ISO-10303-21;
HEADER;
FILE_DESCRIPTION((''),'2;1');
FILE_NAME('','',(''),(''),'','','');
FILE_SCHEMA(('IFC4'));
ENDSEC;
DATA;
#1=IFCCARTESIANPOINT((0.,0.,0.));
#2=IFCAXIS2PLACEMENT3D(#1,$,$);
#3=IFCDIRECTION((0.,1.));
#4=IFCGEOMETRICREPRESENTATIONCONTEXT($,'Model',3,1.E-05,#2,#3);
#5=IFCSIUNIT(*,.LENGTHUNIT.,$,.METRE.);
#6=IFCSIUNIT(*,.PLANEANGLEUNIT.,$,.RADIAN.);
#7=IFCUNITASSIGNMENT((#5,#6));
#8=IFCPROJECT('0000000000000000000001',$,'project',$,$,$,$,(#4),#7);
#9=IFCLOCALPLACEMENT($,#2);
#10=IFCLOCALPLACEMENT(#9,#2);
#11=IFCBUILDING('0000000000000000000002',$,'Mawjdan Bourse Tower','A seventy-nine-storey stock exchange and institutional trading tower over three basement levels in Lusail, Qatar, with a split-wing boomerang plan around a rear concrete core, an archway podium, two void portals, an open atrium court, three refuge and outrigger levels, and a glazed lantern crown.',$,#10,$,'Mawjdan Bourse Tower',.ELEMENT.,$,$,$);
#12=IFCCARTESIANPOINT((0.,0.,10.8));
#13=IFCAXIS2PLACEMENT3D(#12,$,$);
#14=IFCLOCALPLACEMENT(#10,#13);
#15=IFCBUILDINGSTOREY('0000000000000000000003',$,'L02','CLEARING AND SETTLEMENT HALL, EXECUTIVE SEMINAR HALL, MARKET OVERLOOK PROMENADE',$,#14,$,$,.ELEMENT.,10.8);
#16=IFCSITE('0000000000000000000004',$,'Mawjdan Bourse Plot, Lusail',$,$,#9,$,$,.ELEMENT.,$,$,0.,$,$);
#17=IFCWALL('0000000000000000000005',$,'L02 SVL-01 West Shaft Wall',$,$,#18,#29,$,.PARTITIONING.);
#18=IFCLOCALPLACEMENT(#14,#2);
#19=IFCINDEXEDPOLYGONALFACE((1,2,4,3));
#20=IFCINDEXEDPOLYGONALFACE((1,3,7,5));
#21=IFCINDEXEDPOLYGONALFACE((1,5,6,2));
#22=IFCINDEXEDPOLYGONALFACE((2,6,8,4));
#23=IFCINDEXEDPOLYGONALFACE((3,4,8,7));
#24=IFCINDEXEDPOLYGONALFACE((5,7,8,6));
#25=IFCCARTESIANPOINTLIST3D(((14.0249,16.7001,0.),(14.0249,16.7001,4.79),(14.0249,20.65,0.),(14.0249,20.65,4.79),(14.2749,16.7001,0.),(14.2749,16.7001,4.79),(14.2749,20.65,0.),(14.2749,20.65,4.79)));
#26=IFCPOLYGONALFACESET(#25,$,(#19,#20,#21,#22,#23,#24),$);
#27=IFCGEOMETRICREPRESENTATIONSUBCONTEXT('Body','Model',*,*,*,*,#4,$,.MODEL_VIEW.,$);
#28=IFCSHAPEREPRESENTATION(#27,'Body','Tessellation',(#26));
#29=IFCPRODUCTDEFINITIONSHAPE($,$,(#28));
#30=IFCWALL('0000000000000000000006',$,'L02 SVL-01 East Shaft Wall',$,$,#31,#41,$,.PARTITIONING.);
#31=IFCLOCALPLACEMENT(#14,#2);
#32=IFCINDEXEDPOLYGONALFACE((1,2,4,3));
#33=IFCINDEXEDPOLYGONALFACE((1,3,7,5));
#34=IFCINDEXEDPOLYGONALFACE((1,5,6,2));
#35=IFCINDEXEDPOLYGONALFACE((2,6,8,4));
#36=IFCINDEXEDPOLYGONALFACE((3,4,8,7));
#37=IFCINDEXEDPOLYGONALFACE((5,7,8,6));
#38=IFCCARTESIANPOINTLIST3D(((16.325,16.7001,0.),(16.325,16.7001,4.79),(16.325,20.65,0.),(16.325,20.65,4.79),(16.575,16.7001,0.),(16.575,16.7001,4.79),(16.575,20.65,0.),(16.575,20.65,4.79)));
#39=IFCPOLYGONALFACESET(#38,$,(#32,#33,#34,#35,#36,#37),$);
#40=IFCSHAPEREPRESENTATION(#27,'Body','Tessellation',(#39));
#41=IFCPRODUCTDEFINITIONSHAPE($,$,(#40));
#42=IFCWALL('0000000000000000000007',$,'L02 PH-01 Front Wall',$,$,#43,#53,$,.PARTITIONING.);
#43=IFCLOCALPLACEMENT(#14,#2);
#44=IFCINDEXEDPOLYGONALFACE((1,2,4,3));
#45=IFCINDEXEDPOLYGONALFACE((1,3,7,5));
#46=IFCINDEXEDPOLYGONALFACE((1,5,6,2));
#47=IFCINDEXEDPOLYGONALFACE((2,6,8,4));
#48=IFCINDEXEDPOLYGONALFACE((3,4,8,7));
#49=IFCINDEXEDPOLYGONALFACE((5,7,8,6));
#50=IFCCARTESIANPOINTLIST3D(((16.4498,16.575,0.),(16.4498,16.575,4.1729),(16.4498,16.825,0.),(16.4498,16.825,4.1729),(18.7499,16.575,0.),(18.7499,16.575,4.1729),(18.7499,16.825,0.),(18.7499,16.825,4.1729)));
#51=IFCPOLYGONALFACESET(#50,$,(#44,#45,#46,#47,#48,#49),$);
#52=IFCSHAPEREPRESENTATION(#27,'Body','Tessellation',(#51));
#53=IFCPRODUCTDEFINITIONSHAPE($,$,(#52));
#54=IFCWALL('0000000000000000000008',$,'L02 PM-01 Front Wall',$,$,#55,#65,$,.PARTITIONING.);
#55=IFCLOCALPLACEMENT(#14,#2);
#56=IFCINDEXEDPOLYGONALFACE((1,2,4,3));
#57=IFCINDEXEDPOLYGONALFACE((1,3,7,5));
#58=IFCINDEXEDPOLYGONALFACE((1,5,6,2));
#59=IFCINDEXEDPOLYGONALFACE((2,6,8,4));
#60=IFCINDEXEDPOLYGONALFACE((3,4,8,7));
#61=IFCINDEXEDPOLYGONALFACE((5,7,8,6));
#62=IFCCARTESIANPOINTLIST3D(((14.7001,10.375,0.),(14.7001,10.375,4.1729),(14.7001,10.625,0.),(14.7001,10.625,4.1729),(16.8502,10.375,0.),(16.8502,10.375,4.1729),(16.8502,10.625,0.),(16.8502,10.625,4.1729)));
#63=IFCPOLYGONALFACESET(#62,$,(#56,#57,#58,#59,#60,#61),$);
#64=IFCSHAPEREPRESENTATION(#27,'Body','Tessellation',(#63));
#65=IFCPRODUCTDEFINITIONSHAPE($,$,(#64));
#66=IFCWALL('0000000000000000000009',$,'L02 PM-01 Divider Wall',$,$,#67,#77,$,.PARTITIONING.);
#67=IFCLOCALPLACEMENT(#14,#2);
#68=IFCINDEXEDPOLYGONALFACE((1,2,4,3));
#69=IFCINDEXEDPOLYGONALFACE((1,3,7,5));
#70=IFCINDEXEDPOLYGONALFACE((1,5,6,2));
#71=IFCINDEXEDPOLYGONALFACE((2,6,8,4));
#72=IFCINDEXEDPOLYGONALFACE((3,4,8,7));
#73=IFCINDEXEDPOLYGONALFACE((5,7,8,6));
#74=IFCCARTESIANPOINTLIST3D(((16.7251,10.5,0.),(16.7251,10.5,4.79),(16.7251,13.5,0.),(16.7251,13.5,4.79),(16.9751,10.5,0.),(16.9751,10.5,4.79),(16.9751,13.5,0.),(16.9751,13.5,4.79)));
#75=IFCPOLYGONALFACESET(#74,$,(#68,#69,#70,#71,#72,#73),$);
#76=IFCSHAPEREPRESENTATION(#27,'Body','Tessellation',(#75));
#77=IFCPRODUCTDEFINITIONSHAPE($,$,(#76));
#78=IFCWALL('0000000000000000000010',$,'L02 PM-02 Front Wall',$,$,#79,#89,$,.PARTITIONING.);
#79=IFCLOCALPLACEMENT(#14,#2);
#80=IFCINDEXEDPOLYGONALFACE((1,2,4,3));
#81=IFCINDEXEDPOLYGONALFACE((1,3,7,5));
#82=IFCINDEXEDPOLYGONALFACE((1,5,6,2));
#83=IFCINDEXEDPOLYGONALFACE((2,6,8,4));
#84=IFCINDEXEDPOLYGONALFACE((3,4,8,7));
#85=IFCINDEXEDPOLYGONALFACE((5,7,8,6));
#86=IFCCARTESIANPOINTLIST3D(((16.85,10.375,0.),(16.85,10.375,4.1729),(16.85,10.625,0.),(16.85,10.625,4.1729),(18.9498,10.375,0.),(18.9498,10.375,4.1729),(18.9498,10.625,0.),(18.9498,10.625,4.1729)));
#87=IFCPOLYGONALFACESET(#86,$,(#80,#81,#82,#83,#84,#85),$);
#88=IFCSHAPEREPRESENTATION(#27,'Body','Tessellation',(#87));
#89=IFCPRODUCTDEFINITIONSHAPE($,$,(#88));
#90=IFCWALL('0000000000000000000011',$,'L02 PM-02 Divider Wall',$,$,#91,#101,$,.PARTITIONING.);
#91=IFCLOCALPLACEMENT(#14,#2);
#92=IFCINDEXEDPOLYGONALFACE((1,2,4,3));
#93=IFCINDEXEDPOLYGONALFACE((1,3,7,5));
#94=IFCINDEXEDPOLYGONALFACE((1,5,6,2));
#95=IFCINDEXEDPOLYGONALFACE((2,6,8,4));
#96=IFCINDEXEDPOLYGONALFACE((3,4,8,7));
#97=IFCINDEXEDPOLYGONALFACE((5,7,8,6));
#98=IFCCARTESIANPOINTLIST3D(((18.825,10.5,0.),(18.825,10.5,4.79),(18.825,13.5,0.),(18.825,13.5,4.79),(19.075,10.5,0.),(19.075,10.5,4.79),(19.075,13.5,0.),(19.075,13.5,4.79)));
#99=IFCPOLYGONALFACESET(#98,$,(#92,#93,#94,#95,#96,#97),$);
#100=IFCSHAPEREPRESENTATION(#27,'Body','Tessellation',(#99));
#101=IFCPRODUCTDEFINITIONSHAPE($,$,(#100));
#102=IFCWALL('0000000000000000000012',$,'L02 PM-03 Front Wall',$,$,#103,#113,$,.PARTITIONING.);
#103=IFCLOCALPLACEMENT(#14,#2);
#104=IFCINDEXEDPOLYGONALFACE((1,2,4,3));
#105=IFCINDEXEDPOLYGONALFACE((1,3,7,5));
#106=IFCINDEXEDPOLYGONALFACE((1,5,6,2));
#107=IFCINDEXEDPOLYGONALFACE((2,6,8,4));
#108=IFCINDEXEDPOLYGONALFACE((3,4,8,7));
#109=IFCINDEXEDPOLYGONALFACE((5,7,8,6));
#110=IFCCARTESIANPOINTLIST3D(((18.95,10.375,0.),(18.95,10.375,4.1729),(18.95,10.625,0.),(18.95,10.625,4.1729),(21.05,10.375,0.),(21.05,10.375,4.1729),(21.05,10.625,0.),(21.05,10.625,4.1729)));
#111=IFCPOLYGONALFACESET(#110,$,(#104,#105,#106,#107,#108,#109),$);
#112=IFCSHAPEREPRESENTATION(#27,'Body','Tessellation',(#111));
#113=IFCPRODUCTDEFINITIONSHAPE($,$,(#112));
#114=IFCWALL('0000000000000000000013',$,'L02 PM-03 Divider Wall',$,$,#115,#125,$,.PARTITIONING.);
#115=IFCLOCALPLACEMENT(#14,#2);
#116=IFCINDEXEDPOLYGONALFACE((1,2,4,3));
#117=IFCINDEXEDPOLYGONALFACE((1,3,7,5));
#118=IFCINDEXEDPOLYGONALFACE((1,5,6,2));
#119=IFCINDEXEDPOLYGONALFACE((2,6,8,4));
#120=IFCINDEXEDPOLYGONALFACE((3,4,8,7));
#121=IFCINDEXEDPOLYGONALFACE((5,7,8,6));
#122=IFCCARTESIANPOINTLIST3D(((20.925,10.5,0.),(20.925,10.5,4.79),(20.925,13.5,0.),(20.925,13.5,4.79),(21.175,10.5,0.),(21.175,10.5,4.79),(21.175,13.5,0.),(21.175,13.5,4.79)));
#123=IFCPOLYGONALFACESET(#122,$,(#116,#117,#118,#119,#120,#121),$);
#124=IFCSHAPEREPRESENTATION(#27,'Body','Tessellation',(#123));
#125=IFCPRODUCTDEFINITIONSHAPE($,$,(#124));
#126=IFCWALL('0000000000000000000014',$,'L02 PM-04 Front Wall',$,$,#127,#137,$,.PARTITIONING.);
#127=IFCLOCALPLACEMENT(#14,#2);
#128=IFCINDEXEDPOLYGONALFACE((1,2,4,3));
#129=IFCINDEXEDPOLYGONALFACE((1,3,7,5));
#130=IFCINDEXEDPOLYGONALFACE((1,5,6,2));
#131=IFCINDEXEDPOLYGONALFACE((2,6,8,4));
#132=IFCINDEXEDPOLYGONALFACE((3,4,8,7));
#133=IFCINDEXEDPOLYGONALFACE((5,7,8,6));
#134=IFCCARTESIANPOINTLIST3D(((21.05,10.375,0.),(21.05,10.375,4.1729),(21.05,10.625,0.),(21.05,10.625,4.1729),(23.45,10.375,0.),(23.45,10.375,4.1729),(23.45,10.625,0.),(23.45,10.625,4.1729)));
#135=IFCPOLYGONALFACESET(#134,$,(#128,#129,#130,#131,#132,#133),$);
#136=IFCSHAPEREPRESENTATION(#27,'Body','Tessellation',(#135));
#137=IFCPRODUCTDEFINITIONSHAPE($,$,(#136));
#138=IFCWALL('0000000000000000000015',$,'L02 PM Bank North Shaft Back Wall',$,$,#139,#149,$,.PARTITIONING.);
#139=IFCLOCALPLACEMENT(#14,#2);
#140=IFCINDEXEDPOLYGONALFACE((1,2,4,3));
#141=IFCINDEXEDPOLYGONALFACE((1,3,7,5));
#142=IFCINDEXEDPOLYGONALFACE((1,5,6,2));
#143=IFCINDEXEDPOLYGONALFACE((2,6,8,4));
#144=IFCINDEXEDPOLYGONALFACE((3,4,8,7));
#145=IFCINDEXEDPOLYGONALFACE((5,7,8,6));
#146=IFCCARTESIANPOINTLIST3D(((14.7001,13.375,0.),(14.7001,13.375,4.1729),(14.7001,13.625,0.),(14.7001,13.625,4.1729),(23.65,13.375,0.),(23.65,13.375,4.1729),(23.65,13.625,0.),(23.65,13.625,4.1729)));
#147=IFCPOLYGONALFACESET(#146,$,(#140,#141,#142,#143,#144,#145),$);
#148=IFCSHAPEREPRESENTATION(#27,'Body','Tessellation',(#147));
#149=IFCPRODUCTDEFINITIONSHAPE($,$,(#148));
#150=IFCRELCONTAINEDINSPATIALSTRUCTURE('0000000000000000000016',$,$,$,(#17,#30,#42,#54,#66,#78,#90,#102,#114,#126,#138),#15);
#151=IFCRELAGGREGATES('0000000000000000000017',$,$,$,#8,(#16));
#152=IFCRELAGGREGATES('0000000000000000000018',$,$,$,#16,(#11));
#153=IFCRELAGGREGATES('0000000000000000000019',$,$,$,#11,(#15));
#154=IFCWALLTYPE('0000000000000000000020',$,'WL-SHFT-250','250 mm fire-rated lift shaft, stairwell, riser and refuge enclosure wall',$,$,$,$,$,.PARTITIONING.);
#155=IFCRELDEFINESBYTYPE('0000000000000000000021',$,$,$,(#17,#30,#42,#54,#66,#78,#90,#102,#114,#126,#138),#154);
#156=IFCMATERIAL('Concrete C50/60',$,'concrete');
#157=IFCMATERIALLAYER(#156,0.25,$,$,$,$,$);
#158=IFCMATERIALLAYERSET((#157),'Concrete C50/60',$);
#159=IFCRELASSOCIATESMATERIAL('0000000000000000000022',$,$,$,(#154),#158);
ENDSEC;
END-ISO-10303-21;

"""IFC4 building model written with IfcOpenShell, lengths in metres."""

from ifc_helpers import new_model, si_unit, direction, frame, frame_2d, origin, place, context, subcontext, project, spatial, rectangle, extrude, material, layer, layer_set, type_object, element, save


model = new_model("IFC4")

# Units and contexts
model_context = context("Model", 3, precision=1e-05, world=origin(), true_north=direction((0.0, 1.0)))
body_context = subcontext(model_context, "Body", "Model", "MODEL_VIEW")
ifc_project = project(units=[si_unit("LENGTHUNIT", "METRE"), si_unit("PLANEANGLEUNIT", "RADIAN")], contexts=[model_context])

# Site, building, storey
site_placement = place(None, origin())
site = spatial("IfcSite", under=ifc_project, at=site_placement, Name="Mawjdan Bourse Plot, Lusail", CompositionType="ELEMENT", RefElevation=0.0)
building_placement = place(site_placement, origin())
building = spatial("IfcBuilding", under=site, at=building_placement, Name="Mawjdan Bourse Tower", Description="A seventy-nine-storey stock exchange and institutional trading tower over three basement levels in Lusail, Qatar, with a split-wing boomerang plan around a rear concrete core, an archway podium, two void portals, an open atrium court, three refuge and outrigger levels, and a glazed lantern crown.", LongName="Mawjdan Bourse Tower", CompositionType="ELEMENT")
storey_placement = place(building_placement, frame((0.0, 0.0, 10.8)))
storey = spatial("IfcBuildingStorey", under=building, at=storey_placement, Name="L02", Description="CLEARING AND SETTLEMENT HALL, EXECUTIVE SEMINAR HALL, MARKET OVERLOOK PROMENADE", CompositionType="ELEMENT", Elevation=10.8)

# Shared definitions
ifc_material_1 = material(Name="Concrete C50/60", Category="concrete")
ifc_layer_1 = layer(ifc_material_1, 0.25)
ifc_layer_set_1 = layer_set([ifc_layer_1], Name="Concrete C50/60")
wall_type_1 = type_object("IfcWallType", Name="WL-SHFT-250", Description="250 mm fire-rated lift shaft, stairwell, riser and refuge enclosure wall", PredefinedType="PARTITIONING", material=ifc_layer_set_1)

# Walls
for number, where, z_axis, x_axis, name in (
    (1, (14.1499, 16.7, 0.0), (0.0, 0.0, 1.0), (0.0, 1.0, 0.0), "L02 SVL-01 West Shaft Wall"),
    (2, (16.45, 16.7, 0.0), (0.0, 0.0, 1.0), (0.0, 1.0, 0.0), "L02 SVL-01 East Shaft Wall"),
):
    element("IfcWall", number, at=place(storey_placement, frame(where, z_axis=z_axis, x_axis=x_axis)), inside=storey, type_object=wall_type_1, Name=name, PredefinedType="PARTITIONING", context=body_context, shape_type="SweptSolid", body=[
        extrude(rectangle(XDim=3.95, YDim=0.25, at=frame_2d((1.9751, 0.0))), origin(), (0.0, 0.0, 1.0), 4.79),
    ])
wall_1_placement = place(storey_placement, frame((16.45, 16.7, 0.0), z_axis=(0.0, 0.0, 1.0), x_axis=(1.0, 0.0, 0.0)))
element("IfcWall", 3, at=wall_1_placement, inside=storey, type_object=wall_type_1, Name="L02 PH-01 Front Wall", PredefinedType="PARTITIONING", context=body_context, shape_type="SweptSolid", body=[
    extrude(rectangle(XDim=2.3, YDim=0.25, at=frame_2d((1.1499, 0.0))), origin(), (0.0, 0.0, 1.0), 4.1729),
])
wall_2_placement = place(storey_placement, frame((14.7, 10.5, 0.0), z_axis=(0.0, 0.0, 1.0), x_axis=(1.0, 0.0, 0.0)))
element("IfcWall", 4, at=wall_2_placement, inside=storey, type_object=wall_type_1, Name="L02 PM-01 Front Wall", PredefinedType="PARTITIONING", context=body_context, shape_type="SweptSolid", body=[
    extrude(rectangle(XDim=2.1501, YDim=0.25, at=frame_2d((1.0752, 0.0))), origin(), (0.0, 0.0, 1.0), 4.1729),
])
wall_3_placement = place(storey_placement, frame((16.8501, 10.5, 0.0), z_axis=(0.0, 0.0, 1.0), x_axis=(0.0, 1.0, 0.0)))
element("IfcWall", 5, at=wall_3_placement, inside=storey, type_object=wall_type_1, Name="L02 PM-01 Divider Wall", PredefinedType="PARTITIONING", context=body_context, shape_type="SweptSolid", body=[
    extrude(rectangle(XDim=3.0, YDim=0.25, at=frame_2d((1.5, 0.0))), origin(), (0.0, 0.0, 1.0), 4.79),
])
wall_4_placement = place(storey_placement, frame((16.8501, 10.5, 0.0), z_axis=(0.0, 0.0, 1.0), x_axis=(1.0, 0.0, 0.0)))
element("IfcWall", 6, at=wall_4_placement, inside=storey, type_object=wall_type_1, Name="L02 PM-02 Front Wall", PredefinedType="PARTITIONING", context=body_context, shape_type="SweptSolid", body=[
    extrude(rectangle(XDim=2.0999, YDim=0.25, at=frame_2d((1.0498, 0.0))), origin(), (0.0, 0.0, 1.0), 4.1729),
])
wall_5_placement = place(storey_placement, frame((18.95, 10.5, 0.0), z_axis=(0.0, 0.0, 1.0), x_axis=(0.0, 1.0, 0.0)))
element("IfcWall", 7, at=wall_5_placement, inside=storey, type_object=wall_type_1, Name="L02 PM-02 Divider Wall", PredefinedType="PARTITIONING", context=body_context, shape_type="SweptSolid", body=[
    extrude(rectangle(XDim=3.0, YDim=0.25, at=frame_2d((1.5, 0.0))), origin(), (0.0, 0.0, 1.0), 4.79),
])
wall_6_placement = place(storey_placement, frame((18.95, 10.5, 0.0), z_axis=(0.0, 0.0, 1.0), x_axis=(1.0, 0.0, 0.0)))
element("IfcWall", 8, at=wall_6_placement, inside=storey, type_object=wall_type_1, Name="L02 PM-03 Front Wall", PredefinedType="PARTITIONING", context=body_context, shape_type="SweptSolid", body=[
    extrude(rectangle(XDim=2.1001, YDim=0.25, at=frame_2d((1.05, 0.0))), origin(), (0.0, 0.0, 1.0), 4.1729),
])
wall_7_placement = place(storey_placement, frame((21.05, 10.5, 0.0), z_axis=(0.0, 0.0, 1.0), x_axis=(0.0, 1.0, 0.0)))
element("IfcWall", 9, at=wall_7_placement, inside=storey, type_object=wall_type_1, Name="L02 PM-03 Divider Wall", PredefinedType="PARTITIONING", context=body_context, shape_type="SweptSolid", body=[
    extrude(rectangle(XDim=3.0, YDim=0.25, at=frame_2d((1.5, 0.0))), origin(), (0.0, 0.0, 1.0), 4.79),
])
wall_8_placement = place(storey_placement, frame((21.05, 10.5, 0.0), z_axis=(0.0, 0.0, 1.0), x_axis=(1.0, 0.0, 0.0)))
element("IfcWall", 10, at=wall_8_placement, inside=storey, type_object=wall_type_1, Name="L02 PM-04 Front Wall", PredefinedType="PARTITIONING", context=body_context, shape_type="SweptSolid", body=[
    extrude(rectangle(XDim=2.3999, YDim=0.25, at=frame_2d((1.2, 0.0))), origin(), (0.0, 0.0, 1.0), 4.1729),
])
wall_9_placement = place(storey_placement, frame((14.7, 13.5, 0.0), z_axis=(0.0, 0.0, 1.0), x_axis=(1.0, 0.0, 0.0)))
element("IfcWall", 11, at=wall_9_placement, inside=storey, type_object=wall_type_1, Name="L02 PM Bank North Shaft Back Wall", PredefinedType="PARTITIONING", context=body_context, shape_type="SweptSolid", body=[
    extrude(rectangle(XDim=8.95, YDim=0.25, at=frame_2d((4.4751, 0.0))), origin(), (0.0, 0.0, 1.0), 4.1729),
])

save(model, "model.ifc")
